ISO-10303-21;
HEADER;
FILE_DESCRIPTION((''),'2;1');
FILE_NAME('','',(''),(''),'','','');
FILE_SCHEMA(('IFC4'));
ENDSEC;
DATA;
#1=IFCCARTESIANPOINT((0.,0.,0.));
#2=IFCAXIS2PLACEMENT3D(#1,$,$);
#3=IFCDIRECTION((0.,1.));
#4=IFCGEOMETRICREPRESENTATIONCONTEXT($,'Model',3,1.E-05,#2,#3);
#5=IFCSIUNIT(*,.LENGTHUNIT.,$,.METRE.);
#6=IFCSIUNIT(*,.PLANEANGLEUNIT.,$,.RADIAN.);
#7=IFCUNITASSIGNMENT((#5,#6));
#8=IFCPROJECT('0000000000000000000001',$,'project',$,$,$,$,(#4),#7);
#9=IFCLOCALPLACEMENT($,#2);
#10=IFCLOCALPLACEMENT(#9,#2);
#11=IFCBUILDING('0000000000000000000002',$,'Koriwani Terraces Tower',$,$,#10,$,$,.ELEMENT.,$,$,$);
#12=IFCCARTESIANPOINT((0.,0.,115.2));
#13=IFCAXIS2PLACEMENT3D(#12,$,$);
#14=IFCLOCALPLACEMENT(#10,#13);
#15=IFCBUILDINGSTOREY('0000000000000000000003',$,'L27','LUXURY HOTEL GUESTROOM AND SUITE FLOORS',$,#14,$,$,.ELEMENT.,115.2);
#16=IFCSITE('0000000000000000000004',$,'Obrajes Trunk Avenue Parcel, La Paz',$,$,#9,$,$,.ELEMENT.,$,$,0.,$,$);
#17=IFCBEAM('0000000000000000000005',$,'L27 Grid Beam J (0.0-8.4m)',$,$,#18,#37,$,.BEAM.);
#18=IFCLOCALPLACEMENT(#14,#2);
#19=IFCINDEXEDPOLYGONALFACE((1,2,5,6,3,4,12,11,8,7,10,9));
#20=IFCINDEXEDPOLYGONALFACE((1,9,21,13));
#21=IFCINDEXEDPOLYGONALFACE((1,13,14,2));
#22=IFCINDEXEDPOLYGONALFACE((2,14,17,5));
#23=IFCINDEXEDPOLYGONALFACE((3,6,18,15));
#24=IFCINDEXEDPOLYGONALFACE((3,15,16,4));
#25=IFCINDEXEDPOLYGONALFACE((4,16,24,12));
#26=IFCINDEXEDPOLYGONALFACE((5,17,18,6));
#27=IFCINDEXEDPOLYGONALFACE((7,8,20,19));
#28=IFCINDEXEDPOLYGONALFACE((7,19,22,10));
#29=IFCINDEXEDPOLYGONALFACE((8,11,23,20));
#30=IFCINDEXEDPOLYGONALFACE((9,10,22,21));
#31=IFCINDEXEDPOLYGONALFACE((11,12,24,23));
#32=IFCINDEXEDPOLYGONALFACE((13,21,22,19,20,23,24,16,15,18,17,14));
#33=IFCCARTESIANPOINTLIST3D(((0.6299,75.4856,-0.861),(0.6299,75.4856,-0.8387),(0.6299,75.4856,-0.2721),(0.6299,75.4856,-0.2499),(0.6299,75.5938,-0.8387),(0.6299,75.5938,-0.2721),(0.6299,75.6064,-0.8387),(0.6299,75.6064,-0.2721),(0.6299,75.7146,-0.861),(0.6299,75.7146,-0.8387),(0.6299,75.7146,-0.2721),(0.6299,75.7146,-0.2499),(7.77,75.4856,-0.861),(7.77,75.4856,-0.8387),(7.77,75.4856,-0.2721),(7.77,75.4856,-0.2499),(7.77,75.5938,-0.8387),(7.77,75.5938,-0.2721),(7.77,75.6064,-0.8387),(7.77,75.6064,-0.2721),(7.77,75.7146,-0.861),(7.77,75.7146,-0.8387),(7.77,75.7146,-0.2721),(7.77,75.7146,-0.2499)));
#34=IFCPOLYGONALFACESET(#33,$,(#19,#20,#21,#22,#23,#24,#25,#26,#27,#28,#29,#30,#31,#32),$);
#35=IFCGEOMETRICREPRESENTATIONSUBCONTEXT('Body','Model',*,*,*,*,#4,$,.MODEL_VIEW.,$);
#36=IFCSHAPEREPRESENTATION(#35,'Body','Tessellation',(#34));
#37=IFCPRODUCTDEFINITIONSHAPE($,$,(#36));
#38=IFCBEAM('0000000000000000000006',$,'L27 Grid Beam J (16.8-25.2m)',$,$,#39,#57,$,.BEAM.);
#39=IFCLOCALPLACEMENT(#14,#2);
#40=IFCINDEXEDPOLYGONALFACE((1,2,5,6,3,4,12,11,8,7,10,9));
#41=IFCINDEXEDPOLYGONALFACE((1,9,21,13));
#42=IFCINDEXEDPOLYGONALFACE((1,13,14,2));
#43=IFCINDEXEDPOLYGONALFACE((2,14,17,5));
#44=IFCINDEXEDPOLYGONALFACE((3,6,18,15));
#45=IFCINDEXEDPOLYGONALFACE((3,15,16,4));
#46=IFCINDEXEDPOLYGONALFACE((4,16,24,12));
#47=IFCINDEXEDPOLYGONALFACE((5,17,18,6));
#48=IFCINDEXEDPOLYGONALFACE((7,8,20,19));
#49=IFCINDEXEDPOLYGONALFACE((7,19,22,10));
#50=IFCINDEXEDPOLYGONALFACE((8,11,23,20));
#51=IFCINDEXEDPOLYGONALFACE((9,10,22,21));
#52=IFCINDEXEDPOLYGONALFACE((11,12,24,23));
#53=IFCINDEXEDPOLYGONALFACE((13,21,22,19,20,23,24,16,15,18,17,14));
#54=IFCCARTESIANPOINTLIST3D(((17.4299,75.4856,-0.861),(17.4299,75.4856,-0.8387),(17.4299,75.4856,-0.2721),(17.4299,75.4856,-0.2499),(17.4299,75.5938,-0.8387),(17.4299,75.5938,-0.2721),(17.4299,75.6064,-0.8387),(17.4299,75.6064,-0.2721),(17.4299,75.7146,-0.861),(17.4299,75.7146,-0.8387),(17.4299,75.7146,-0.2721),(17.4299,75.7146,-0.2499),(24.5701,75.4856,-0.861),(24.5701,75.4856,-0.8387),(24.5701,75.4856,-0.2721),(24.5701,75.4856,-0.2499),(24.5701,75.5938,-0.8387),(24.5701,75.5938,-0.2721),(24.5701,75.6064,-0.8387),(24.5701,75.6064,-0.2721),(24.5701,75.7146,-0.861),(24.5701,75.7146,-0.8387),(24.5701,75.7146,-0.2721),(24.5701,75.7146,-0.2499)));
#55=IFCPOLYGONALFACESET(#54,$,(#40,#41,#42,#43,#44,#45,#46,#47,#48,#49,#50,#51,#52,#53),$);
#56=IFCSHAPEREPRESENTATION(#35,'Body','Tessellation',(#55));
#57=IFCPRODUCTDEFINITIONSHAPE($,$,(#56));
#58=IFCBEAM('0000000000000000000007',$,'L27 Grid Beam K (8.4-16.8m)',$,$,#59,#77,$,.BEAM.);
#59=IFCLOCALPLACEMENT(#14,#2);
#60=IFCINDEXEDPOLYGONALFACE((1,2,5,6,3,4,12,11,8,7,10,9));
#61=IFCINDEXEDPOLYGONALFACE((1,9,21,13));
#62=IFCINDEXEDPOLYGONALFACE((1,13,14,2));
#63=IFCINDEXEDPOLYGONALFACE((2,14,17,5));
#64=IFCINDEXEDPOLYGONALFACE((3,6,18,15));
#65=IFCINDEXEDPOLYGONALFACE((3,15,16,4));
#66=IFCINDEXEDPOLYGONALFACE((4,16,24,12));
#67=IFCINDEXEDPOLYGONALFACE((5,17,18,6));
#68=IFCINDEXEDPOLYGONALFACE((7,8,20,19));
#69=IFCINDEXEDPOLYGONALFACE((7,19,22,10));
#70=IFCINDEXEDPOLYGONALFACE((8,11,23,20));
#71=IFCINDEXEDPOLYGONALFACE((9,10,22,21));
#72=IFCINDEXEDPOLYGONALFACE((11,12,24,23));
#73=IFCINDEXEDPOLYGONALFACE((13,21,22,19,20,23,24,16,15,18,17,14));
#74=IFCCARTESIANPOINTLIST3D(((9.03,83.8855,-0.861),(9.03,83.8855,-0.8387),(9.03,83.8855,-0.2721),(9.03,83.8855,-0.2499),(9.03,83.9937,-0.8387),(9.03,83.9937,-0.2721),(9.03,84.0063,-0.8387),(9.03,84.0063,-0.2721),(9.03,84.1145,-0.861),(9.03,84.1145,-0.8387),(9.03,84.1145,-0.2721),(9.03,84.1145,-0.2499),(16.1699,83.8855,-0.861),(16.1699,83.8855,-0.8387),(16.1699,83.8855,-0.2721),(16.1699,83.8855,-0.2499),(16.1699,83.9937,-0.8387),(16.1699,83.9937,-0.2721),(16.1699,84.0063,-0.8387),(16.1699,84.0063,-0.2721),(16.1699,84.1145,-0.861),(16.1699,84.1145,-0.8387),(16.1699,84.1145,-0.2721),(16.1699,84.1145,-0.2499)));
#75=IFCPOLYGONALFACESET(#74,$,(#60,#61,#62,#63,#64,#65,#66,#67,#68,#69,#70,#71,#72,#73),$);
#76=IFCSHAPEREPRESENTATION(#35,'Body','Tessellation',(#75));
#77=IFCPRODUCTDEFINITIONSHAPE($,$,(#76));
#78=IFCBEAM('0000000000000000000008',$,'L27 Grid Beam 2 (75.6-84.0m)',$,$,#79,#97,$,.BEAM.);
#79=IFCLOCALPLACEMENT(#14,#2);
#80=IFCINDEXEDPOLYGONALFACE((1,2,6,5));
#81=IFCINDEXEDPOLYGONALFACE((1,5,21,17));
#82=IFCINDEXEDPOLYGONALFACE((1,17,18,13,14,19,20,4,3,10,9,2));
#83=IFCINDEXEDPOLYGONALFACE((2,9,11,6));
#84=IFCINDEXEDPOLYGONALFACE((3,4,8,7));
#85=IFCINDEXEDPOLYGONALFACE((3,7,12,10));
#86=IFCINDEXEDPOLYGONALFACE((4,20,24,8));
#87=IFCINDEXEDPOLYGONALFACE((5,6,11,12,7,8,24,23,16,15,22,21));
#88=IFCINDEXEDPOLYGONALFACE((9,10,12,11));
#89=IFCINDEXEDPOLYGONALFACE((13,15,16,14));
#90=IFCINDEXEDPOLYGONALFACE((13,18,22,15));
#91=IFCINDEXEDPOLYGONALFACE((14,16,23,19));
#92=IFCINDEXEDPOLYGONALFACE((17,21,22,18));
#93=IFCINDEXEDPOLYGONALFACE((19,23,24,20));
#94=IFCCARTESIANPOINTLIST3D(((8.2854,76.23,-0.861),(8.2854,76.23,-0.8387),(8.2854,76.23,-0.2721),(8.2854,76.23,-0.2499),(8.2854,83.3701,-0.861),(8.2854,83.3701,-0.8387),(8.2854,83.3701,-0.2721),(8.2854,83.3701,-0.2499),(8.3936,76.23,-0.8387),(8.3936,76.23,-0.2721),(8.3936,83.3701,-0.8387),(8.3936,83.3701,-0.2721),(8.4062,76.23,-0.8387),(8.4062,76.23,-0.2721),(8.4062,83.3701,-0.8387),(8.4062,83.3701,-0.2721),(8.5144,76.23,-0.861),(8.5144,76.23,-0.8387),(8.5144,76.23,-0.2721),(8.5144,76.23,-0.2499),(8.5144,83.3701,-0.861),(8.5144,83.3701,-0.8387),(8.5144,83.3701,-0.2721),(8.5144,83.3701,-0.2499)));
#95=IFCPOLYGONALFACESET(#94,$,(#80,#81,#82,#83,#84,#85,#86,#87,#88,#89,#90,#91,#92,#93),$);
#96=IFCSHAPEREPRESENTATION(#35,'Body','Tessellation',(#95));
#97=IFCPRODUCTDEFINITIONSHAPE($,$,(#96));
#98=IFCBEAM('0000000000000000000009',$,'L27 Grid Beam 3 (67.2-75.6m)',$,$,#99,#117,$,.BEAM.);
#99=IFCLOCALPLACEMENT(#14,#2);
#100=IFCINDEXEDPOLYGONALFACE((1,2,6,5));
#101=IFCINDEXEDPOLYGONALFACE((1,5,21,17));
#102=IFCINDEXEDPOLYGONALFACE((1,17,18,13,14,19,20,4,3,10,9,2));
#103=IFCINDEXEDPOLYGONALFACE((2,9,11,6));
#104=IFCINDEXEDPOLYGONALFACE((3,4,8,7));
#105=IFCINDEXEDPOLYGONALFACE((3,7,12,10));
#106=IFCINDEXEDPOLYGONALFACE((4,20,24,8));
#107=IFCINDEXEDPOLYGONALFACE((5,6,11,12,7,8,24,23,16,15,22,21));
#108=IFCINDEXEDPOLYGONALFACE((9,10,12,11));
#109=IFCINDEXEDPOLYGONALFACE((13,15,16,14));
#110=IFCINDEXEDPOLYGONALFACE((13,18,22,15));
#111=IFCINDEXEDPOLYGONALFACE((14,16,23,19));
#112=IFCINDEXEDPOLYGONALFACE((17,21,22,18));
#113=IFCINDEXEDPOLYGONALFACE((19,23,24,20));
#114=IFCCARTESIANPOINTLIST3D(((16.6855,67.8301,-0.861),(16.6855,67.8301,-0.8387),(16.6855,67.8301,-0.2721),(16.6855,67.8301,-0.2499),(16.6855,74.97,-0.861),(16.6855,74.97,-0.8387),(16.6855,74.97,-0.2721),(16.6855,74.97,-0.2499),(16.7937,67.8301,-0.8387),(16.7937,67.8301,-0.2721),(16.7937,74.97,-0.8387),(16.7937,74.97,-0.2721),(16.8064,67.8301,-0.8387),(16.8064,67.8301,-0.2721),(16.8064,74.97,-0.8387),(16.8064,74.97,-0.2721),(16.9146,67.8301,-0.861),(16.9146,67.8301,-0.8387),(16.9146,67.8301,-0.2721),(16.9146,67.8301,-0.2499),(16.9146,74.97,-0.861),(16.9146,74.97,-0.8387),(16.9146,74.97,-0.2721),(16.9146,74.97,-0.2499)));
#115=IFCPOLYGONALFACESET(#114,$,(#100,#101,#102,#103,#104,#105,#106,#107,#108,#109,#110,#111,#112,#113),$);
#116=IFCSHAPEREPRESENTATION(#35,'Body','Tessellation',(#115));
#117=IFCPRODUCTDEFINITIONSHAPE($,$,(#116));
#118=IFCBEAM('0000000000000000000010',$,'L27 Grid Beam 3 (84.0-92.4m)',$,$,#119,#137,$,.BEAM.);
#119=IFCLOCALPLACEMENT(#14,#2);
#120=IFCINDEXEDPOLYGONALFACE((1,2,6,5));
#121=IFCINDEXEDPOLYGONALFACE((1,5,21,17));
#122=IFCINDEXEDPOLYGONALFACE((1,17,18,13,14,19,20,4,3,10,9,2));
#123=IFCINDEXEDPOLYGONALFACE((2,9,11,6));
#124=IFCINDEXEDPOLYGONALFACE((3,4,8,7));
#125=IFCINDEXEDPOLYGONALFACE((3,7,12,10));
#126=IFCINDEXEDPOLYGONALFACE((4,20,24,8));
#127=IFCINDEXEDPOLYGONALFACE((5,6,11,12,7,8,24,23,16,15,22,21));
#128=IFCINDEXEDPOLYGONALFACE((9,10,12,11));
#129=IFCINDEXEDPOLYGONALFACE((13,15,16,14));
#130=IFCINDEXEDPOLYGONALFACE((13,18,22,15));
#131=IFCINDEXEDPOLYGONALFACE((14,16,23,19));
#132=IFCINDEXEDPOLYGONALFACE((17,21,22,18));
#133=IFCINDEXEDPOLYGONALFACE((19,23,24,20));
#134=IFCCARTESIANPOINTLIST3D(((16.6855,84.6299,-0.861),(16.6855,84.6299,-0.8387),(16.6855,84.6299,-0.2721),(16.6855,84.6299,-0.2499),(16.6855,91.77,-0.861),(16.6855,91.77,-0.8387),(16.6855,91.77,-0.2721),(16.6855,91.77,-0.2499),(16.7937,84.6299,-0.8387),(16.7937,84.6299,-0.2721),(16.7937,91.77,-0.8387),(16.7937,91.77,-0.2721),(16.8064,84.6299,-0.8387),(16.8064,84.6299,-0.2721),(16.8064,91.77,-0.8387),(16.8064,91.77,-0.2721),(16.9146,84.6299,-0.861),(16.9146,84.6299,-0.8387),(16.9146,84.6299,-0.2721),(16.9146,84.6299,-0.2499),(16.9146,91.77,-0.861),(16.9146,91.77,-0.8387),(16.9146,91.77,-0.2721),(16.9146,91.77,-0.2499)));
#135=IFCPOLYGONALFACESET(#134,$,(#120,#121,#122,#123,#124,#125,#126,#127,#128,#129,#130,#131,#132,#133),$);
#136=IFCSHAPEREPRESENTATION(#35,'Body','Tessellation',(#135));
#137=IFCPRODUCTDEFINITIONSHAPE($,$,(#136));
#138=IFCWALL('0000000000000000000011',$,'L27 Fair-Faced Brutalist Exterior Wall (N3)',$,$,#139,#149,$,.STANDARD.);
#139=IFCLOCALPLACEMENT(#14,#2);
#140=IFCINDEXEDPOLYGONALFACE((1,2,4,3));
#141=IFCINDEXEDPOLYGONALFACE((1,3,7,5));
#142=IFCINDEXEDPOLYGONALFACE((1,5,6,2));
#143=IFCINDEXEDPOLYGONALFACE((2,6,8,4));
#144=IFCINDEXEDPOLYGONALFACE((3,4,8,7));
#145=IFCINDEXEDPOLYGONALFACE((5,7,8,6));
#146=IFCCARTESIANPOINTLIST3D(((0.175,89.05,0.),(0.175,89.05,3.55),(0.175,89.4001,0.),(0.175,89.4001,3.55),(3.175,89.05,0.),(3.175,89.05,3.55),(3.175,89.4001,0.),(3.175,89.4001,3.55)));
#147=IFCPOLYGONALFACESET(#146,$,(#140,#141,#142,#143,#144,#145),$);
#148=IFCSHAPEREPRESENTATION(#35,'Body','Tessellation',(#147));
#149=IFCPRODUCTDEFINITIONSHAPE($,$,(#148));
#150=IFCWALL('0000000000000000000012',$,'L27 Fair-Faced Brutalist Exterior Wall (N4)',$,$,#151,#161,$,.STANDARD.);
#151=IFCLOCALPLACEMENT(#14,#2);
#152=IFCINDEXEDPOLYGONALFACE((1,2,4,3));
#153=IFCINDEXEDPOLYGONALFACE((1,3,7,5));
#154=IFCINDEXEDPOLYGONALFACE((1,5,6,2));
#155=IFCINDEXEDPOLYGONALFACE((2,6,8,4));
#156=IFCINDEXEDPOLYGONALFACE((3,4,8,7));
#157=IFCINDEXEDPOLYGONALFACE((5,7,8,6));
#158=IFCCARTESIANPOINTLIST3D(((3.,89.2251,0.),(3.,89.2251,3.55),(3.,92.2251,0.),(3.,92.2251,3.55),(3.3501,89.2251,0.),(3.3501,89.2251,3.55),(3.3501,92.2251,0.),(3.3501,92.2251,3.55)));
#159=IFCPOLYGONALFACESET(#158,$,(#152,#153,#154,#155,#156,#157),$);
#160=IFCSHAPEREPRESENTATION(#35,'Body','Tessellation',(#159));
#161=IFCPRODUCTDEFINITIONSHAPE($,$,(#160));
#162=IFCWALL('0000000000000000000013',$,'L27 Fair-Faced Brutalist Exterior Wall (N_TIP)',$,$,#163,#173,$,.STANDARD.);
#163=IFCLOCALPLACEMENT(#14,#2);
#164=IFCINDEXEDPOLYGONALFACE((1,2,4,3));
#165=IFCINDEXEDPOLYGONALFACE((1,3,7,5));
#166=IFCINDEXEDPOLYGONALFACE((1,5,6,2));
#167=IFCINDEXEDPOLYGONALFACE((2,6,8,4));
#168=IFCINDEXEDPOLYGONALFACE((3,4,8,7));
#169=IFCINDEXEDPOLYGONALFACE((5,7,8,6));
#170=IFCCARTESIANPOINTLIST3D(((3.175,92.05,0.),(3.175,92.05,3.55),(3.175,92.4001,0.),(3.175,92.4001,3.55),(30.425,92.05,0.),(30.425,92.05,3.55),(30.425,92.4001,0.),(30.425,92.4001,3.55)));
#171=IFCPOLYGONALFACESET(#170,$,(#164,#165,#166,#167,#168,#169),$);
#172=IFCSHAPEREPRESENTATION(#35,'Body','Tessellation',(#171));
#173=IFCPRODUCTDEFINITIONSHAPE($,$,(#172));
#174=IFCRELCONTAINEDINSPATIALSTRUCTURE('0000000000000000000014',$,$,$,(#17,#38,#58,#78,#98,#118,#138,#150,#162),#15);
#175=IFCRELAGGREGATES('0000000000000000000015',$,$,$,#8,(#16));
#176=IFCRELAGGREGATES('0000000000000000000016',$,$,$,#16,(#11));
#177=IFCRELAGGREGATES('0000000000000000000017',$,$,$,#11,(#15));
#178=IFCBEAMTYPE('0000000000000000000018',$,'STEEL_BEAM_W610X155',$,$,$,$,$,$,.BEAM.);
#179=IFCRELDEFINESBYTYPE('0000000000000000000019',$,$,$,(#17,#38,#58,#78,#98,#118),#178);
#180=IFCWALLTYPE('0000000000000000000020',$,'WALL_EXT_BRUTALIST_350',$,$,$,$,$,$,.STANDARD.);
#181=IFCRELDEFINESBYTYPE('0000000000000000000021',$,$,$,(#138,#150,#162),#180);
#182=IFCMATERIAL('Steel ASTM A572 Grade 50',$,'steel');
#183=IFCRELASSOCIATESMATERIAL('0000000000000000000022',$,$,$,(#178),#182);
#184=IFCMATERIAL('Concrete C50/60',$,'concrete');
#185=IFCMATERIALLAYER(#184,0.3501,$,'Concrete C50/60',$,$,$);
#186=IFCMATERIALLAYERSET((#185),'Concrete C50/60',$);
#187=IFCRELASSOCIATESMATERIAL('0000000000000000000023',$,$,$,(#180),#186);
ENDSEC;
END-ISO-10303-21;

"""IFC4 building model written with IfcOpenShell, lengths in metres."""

from ifc_helpers import new_model, si_unit, direction, frame, frame_2d, origin, origin_2d, place, context, subcontext, project, spatial, rectangle, i_section, extrude, material, layer, layer_set, material_profile, profile_set, type_object, element, save


model = new_model("IFC4")

# Units and contexts
model_context = context("Model", 3, precision=1e-05, world=origin(), true_north=direction((0.0, 1.0)))
body_context = subcontext(model_context, "Body", "Model", "MODEL_VIEW")
ifc_project = project(units=[si_unit("LENGTHUNIT", "METRE"), si_unit("PLANEANGLEUNIT", "RADIAN")], contexts=[model_context])

# Site, building, storey
site_placement = place(None, origin())
site = spatial("IfcSite", under=ifc_project, at=site_placement, Name="Obrajes Trunk Avenue Parcel, La Paz", CompositionType="ELEMENT", RefElevation=0.0)
building_placement = place(site_placement, origin())
building = spatial("IfcBuilding", under=site, at=building_placement, Name="Koriwani Terraces Tower", CompositionType="ELEMENT")
storey_placement = place(building_placement, frame((0.0, 0.0, 115.2)))
storey = spatial("IfcBuildingStorey", under=building, at=storey_placement, Name="L27", Description="LUXURY HOTEL GUESTROOM AND SUITE FLOORS", CompositionType="ELEMENT", Elevation=115.2)

# Beams
ifc_material_1 = material(Name="Concrete C50/60", Category="concrete")
ifc_material_2 = material(Name="Steel ASTM A572 Grade 50", Category="steel")
ifc_material_profile_1 = material_profile(ifc_material_2, i_section(OverallWidth=0.229, OverallDepth=0.6111, WebThickness=0.0127, FlangeThickness=0.0222, at=origin_2d()), Name="Steel ASTM A572 Grade 50", Category="LoadBearing")
ifc_profile_set_1 = profile_set([ifc_material_profile_1], Name="Steel ASTM A572 Grade 50")
beam_type_1 = type_object("IfcBeamType", Name="STEEL_BEAM_W610X155", PredefinedType="BEAM", material=ifc_profile_set_1)
for number, where, z_axis, x_axis, name in (
    (1, (0.6299, 75.6001, -0.5554), (1.0, 0.0, 0.0), (0.0, 1.0, 0.0), "L27 Grid Beam J (0.0-8.4m)"),
    (2, (17.4299, 75.6001, -0.5554), (1.0, 0.0, 0.0), (0.0, 1.0, 0.0), "L27 Grid Beam J (16.8-25.2m)"),
):
    element("IfcBeam", number, at=place(storey_placement, frame(where, z_axis=z_axis, x_axis=x_axis)), inside=storey, type_object=beam_type_1, Name=name, PredefinedType="BEAM", context=body_context, shape_type="SweptSolid", body=[
        extrude(i_section(OverallWidth=0.229, OverallDepth=0.6111, WebThickness=0.0127, FlangeThickness=0.0222, at=origin_2d()), origin(), (0.0, 0.0, 1.0), 7.1401),
    ])
beam_1_placement = place(storey_placement, frame((9.03, 84.0, -0.5554), z_axis=(1.0, 0.0, 0.0), x_axis=(0.0, 1.0, 0.0)))
element("IfcBeam", 3, at=beam_1_placement, inside=storey, type_object=beam_type_1, Name="L27 Grid Beam K (8.4-16.8m)", PredefinedType="BEAM", context=body_context, shape_type="SweptSolid", body=[
    extrude(i_section(OverallWidth=0.229, OverallDepth=0.6111, WebThickness=0.0127, FlangeThickness=0.0222, at=origin_2d()), origin(), (0.0, 0.0, 1.0), 7.1399),
])
beam_2_placement = place(storey_placement, frame((8.3999, 76.23, -0.5554), z_axis=(0.0, 1.0, 0.0), x_axis=(-1.0, 0.0, 0.0)))
element("IfcBeam", 4, at=beam_2_placement, inside=storey, type_object=beam_type_1, Name="L27 Grid Beam 2 (75.6-84.0m)", PredefinedType="BEAM", context=body_context, shape_type="SweptSolid", body=[
    extrude(i_section(OverallWidth=0.229, OverallDepth=0.6111, WebThickness=0.0127, FlangeThickness=0.0222, at=origin_2d()), origin(), (0.0, 0.0, 1.0), 7.1401),
])
beam_3_placement = place(storey_placement, frame((16.8, 67.8301, -0.5554), z_axis=(0.0, 1.0, 0.0), x_axis=(-1.0, 0.0, 0.0)))
element("IfcBeam", 5, at=beam_3_placement, inside=storey, type_object=beam_type_1, Name="L27 Grid Beam 3 (67.2-75.6m)", PredefinedType="BEAM", context=body_context, shape_type="SweptSolid", body=[
    extrude(i_section(OverallWidth=0.229, OverallDepth=0.6111, WebThickness=0.0127, FlangeThickness=0.0222, at=origin_2d()), origin(), (0.0, 0.0, 1.0), 7.1399),
])
beam_4_placement = place(storey_placement, frame((16.8, 84.6299, -0.5554), z_axis=(0.0, 1.0, 0.0), x_axis=(-1.0, 0.0, 0.0)))
element("IfcBeam", 6, at=beam_4_placement, inside=storey, type_object=beam_type_1, Name="L27 Grid Beam 3 (84.0-92.4m)", PredefinedType="BEAM", context=body_context, shape_type="SweptSolid", body=[
    extrude(i_section(OverallWidth=0.229, OverallDepth=0.6111, WebThickness=0.0127, FlangeThickness=0.0222, at=origin_2d()), origin(), (0.0, 0.0, 1.0), 7.1401),
])

# Walls
ifc_layer = layer(ifc_material_1, 0.3501, Name="Concrete C50/60")
ifc_layer_set = layer_set([ifc_layer], Name="Concrete C50/60")
wall_type = type_object("IfcWallType", Name="WALL_EXT_BRUTALIST_350", PredefinedType="STANDARD", material=ifc_layer_set)
for number, where, z_axis, x_axis, name in (
    (7, (0.175, 89.2251, 0.0), (0.0, 0.0, 1.0), (1.0, 0.0, 0.0), "L27 Fair-Faced Brutalist Exterior Wall (N3)"),
    (8, (3.175, 89.2251, 0.0), (0.0, 0.0, 1.0), (0.0, 1.0, 0.0), "L27 Fair-Faced Brutalist Exterior Wall (N4)"),
):
    element("IfcWall", number, at=place(storey_placement, frame(where, z_axis=z_axis, x_axis=x_axis)), inside=storey, type_object=wall_type, Name=name, PredefinedType="STANDARD", context=body_context, shape_type="SweptSolid", body=[
        extrude(rectangle(XDim=3.0, YDim=0.3501, at=frame_2d((1.5, 0.0))), origin(), (0.0, 0.0, 1.0), 3.55),
    ])
wall_placement = place(storey_placement, frame((3.175, 92.2251, 0.0), z_axis=(0.0, 0.0, 1.0), x_axis=(1.0, 0.0, 0.0)))
element("IfcWall", 9, at=wall_placement, inside=storey, type_object=wall_type, Name="L27 Fair-Faced Brutalist Exterior Wall (N_TIP)", PredefinedType="STANDARD", context=body_context, shape_type="SweptSolid", body=[
    extrude(rectangle(XDim=27.25, YDim=0.3501, at=frame_2d((13.625, 0.0))), origin(), (0.0, 0.0, 1.0), 3.55),
])

save(model, "model.ifc")
